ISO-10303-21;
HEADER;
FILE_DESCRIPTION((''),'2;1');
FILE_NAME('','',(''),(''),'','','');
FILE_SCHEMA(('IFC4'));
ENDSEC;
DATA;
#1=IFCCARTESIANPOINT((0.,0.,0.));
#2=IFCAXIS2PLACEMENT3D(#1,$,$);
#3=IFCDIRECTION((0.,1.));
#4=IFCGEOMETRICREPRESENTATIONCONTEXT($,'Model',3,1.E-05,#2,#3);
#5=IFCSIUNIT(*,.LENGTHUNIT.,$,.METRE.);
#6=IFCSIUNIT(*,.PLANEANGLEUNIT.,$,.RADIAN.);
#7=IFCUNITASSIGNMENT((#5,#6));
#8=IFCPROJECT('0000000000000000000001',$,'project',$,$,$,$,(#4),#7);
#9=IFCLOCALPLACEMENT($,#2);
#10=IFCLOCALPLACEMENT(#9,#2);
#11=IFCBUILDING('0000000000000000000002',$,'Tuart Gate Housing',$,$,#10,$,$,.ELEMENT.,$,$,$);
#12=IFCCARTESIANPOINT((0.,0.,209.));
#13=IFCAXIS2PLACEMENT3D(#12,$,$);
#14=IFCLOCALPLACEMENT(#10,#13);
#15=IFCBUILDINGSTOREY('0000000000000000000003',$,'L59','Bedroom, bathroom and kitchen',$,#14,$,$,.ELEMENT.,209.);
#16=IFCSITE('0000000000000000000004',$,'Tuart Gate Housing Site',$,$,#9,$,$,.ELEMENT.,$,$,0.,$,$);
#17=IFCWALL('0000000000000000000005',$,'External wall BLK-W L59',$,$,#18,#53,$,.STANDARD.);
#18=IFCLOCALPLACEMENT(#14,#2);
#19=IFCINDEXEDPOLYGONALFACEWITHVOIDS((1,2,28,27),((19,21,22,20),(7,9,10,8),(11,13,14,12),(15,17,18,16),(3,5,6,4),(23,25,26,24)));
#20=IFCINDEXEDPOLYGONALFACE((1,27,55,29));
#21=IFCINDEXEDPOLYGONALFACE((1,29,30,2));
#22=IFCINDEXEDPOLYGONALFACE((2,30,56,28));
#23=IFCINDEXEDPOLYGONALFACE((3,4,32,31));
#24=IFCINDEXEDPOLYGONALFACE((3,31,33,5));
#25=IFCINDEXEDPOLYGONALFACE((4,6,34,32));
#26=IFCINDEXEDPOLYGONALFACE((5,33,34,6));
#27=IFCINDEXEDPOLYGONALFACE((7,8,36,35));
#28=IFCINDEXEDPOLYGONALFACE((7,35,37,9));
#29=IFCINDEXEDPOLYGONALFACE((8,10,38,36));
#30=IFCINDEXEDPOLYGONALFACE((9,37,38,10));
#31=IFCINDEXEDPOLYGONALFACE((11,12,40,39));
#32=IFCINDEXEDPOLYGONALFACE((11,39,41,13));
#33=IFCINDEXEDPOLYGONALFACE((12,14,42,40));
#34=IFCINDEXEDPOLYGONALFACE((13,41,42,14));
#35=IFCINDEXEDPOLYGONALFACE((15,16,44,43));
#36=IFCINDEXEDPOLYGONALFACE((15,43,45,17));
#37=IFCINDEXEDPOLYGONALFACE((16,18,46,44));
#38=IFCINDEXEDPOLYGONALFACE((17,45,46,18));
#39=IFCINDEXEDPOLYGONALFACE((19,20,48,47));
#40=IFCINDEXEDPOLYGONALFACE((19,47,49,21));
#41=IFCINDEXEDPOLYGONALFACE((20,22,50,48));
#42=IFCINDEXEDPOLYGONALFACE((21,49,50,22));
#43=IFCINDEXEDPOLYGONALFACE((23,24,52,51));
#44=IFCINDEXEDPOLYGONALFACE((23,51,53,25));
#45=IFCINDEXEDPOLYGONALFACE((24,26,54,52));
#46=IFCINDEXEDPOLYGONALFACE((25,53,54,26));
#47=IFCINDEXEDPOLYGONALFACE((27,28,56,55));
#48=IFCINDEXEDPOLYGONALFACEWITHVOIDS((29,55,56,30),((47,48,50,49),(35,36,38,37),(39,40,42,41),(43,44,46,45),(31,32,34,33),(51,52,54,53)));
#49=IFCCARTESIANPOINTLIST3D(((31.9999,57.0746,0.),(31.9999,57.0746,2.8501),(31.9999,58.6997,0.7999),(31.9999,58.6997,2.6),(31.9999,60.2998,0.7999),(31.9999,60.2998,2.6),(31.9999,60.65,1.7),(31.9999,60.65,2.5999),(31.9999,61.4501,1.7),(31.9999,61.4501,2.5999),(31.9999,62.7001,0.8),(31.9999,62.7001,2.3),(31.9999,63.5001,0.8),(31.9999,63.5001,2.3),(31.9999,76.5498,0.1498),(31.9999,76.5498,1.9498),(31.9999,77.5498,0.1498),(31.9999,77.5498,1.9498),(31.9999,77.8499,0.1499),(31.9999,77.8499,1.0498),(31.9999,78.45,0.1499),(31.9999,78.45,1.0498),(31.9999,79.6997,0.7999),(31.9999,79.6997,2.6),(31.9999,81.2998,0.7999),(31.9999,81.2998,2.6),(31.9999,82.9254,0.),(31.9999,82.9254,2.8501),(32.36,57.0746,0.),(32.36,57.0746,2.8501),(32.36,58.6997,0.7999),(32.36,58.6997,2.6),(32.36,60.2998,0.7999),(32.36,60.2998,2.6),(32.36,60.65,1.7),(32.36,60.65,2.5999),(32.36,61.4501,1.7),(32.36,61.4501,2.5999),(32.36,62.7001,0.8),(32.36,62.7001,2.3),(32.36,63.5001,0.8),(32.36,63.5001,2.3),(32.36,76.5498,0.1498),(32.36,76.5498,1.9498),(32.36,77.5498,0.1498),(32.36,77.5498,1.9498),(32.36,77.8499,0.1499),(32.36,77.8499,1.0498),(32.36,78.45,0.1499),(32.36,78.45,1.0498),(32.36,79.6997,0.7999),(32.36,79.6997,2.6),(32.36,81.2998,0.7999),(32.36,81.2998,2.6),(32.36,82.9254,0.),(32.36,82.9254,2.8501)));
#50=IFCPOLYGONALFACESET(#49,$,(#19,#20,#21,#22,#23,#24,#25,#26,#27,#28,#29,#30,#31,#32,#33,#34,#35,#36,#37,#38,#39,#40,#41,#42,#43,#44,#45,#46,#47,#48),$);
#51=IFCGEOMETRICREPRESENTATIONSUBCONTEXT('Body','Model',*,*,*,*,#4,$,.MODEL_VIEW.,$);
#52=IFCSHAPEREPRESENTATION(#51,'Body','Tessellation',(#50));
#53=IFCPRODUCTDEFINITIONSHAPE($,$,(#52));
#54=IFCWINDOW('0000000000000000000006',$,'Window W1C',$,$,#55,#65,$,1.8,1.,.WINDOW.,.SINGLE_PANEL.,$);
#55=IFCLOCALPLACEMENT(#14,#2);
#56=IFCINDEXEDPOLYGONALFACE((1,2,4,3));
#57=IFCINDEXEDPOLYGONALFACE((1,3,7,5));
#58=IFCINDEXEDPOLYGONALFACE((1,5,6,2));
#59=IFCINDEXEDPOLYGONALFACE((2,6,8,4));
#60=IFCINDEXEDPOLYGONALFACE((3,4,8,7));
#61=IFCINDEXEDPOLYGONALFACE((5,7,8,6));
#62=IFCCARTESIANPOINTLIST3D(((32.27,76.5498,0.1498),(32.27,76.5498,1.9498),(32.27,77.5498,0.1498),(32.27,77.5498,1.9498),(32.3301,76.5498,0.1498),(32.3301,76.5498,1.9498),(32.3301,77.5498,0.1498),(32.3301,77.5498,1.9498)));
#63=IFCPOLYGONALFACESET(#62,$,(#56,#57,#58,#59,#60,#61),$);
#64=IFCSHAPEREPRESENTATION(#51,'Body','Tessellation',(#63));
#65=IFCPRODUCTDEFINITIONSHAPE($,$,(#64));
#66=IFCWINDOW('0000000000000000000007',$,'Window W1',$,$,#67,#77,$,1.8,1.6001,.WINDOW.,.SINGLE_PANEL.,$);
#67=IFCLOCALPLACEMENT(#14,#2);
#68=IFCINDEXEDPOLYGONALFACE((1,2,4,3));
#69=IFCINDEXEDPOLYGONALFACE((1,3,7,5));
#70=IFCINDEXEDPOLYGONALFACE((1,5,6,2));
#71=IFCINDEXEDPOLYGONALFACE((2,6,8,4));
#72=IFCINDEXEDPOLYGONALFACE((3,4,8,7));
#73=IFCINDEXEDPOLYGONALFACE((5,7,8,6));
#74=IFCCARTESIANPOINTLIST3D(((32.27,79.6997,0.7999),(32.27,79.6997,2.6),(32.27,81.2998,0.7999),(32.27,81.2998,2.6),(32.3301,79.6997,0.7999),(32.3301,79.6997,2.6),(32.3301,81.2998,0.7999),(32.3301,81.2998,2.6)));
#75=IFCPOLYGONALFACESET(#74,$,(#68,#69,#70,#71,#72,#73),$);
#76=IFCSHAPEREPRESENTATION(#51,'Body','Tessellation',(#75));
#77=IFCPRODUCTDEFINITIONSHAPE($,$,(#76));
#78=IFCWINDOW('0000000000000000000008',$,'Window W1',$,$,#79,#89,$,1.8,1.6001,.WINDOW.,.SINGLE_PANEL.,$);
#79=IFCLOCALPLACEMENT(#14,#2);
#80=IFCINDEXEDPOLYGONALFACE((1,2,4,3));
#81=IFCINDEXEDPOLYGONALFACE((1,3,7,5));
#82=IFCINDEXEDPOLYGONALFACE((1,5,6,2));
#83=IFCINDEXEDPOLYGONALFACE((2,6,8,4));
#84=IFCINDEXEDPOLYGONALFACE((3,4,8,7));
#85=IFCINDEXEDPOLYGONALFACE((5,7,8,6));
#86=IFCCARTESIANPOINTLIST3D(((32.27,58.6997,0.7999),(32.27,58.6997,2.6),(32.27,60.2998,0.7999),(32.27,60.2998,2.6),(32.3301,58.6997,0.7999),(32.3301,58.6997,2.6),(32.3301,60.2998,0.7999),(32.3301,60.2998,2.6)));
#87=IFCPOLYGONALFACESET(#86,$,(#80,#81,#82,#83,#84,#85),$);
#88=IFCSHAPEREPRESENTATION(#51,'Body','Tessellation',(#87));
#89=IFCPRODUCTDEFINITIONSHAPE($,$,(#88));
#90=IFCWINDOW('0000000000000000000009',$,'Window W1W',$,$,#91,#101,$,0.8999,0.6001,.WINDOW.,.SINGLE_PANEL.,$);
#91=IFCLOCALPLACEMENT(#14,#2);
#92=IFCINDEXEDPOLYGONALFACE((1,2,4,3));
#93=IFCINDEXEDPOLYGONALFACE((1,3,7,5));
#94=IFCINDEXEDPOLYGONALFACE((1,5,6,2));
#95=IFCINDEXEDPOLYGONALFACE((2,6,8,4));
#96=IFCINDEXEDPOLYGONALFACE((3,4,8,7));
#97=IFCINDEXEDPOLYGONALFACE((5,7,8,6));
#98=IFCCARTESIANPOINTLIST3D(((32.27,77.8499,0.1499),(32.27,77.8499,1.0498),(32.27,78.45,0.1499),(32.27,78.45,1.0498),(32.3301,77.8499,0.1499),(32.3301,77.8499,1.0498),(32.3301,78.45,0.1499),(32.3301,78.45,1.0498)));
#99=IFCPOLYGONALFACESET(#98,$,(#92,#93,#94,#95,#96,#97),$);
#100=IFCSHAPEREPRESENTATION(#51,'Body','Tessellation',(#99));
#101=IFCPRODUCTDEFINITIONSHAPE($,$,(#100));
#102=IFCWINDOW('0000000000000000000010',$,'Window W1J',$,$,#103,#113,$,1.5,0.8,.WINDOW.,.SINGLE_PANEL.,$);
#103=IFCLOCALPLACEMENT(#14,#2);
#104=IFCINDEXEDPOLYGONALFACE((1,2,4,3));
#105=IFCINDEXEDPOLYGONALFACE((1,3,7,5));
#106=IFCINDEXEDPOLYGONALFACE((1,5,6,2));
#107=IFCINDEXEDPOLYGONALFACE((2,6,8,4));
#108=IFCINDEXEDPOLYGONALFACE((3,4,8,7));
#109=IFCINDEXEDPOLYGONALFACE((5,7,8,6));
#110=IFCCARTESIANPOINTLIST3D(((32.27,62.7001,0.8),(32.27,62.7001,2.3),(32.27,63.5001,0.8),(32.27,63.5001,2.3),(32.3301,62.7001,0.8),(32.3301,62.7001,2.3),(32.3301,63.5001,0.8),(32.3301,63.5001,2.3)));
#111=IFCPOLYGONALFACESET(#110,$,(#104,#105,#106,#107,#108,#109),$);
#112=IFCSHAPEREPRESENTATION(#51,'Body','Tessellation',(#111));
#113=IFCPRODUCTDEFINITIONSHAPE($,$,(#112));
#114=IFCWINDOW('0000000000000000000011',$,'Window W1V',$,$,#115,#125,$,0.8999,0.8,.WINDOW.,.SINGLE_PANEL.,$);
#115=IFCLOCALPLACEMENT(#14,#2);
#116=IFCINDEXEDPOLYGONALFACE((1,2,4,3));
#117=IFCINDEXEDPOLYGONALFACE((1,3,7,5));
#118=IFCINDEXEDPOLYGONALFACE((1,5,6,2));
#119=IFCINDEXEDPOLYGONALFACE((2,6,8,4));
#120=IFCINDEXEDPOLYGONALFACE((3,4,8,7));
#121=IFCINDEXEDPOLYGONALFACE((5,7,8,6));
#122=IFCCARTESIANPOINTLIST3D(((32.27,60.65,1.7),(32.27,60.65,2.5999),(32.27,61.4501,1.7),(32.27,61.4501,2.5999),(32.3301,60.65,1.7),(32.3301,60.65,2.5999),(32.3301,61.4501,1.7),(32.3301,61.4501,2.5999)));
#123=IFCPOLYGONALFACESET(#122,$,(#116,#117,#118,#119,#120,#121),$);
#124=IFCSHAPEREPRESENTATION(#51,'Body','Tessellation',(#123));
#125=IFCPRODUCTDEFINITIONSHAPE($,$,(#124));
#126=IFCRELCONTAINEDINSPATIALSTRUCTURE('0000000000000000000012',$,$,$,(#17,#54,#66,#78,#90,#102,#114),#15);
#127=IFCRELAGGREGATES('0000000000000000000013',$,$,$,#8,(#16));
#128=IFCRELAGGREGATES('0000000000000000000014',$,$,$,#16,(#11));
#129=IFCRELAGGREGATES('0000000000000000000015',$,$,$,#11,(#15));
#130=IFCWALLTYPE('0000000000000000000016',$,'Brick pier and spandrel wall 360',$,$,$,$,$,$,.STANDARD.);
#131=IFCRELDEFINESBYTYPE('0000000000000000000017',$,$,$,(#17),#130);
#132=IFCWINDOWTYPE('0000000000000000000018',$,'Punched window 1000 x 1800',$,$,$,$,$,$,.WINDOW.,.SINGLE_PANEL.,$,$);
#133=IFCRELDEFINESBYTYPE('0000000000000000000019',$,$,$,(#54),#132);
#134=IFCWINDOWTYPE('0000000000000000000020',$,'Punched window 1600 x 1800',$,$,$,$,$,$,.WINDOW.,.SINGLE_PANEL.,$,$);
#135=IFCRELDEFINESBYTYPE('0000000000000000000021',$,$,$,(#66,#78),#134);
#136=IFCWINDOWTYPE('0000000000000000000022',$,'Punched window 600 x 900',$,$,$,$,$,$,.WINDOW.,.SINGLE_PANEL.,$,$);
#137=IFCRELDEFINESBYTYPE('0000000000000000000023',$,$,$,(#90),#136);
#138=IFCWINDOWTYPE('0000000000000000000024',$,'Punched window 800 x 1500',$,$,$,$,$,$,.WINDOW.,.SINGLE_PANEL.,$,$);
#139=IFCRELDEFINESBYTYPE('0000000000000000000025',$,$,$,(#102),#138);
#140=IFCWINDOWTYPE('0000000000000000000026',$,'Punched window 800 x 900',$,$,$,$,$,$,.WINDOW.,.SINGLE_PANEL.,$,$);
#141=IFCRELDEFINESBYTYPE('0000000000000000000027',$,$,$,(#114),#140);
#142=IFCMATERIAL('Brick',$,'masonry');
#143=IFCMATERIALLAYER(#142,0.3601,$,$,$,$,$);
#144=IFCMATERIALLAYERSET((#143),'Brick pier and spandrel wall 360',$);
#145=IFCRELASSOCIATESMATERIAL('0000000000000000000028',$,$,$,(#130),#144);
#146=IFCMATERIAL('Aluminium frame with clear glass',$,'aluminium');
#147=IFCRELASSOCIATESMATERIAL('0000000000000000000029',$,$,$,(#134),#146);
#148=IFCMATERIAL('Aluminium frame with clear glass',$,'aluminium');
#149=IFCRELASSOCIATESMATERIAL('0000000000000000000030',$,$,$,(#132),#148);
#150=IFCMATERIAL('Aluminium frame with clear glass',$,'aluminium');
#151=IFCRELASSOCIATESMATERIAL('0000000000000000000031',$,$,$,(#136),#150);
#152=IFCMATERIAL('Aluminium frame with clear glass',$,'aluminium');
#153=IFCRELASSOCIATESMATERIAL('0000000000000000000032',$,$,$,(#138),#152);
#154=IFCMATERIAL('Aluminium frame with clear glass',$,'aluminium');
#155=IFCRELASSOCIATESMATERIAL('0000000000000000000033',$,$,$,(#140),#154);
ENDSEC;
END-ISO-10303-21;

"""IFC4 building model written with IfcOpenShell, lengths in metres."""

from ifc_helpers import new_model, si_unit, direction, frame, frame_2d, origin, place, context, subcontext, project, spatial, rectangle, extrude, material, layer, layer_set, type_object, element, fill, save


model = new_model("IFC4")

# Units and contexts
model_context = context("Model", 3, precision=1e-05, world=origin(), true_north=direction((0.0, 1.0)))
body_context = subcontext(model_context, "Body", "Model", "MODEL_VIEW")
ifc_project = project(units=[si_unit("LENGTHUNIT", "METRE"), si_unit("PLANEANGLEUNIT", "RADIAN")], contexts=[model_context])

# Site, building, storey
site_placement = place(None, origin())
site = spatial("IfcSite", under=ifc_project, at=site_placement, Name="Tuart Gate Housing Site", CompositionType="ELEMENT", RefElevation=0.0)
building_placement = place(site_placement, origin())
building = spatial("IfcBuilding", under=site, at=building_placement, Name="Tuart Gate Housing", CompositionType="ELEMENT")
storey_placement = place(building_placement, frame((0.0, 0.0, 209.0)))
storey = spatial("IfcBuildingStorey", under=building, at=storey_placement, Name="L59", Description="Bedroom, bathroom and kitchen", CompositionType="ELEMENT", Elevation=209.0)

# Shared definitions
ifc_material_1 = material(Name="Brick", Category="masonry")
ifc_layer_1 = layer(ifc_material_1, 0.3601)
ifc_layer_set_1 = layer_set([ifc_layer_1], Name="Brick pier and spandrel wall 360")
wall_type_1 = type_object("IfcWallType", Name="Brick pier and spandrel wall 360", PredefinedType="STANDARD", material=ifc_layer_set_1)
ifc_material_2 = material(Name="Aluminium frame with clear glass", Category="aluminium")
window_type_1 = type_object("IfcWindowType", Name="Punched window 1600 x 1800", PartitioningType="SINGLE_PANEL", PredefinedType="WINDOW", material=ifc_material_2)

# Wall, openings, windows
wall_1_placement = place(storey_placement, frame((32.1799, 82.9253, 0.0), z_axis=(0.0, 0.0, 1.0), x_axis=(0.0, -1.0, 0.0)))
wall_1 = element("IfcWall", 1, at=wall_1_placement, inside=storey, type_object=wall_type_1, Name="External wall BLK-W L59", PredefinedType="STANDARD", context=body_context, shape_type="SweptSolid", body=[
    extrude(rectangle(XDim=25.8508, YDim=0.3601, at=frame_2d((12.9253, 0.0))), origin(), (0.0, 0.0, 1.0), 2.8501),
])
opening_1_placement = place(wall_1_placement, frame((1.6255, 0.0, 0.8)))
opening_1 = element("IfcOpeningElement", 2, at=opening_1_placement, cuts=wall_1, PredefinedType="OPENING", context=body_context, shape_type="SweptSolid", body=[
    extrude(rectangle(XDim=1.6001, YDim=1.8, at=frame_2d((0.8, 0.8999))), frame((0.0, 0.1899, 0.0), z_axis=(0.0, -1.0, 0.0), x_axis=(1.0, 0.0, 0.0)), (0.0, 0.0, 1.0), 0.3801),
])
opening_2_placement = place(wall_1_placement, frame((4.4753, 0.0, 0.1499)))
opening_2 = element("IfcOpeningElement", 3, at=opening_2_placement, cuts=wall_1, PredefinedType="OPENING", context=body_context, shape_type="SweptSolid", body=[
    extrude(rectangle(XDim=0.6001, YDim=0.8999, at=frame_2d((0.3, 0.45))), frame((0.0, 0.1899, 0.0), z_axis=(0.0, -1.0, 0.0), x_axis=(1.0, 0.0, 0.0)), (0.0, 0.0, 1.0), 0.3801),
])
opening_3_placement = place(wall_1_placement, frame((19.4253, 0.0, 0.8)))
opening_3 = element("IfcOpeningElement", 4, at=opening_3_placement, cuts=wall_1, PredefinedType="OPENING", context=body_context, shape_type="SweptSolid", body=[
    extrude(rectangle(XDim=0.8, YDim=1.5, at=frame_2d((0.3999, 0.75))), frame((0.0, 0.1899, 0.0), z_axis=(0.0, -1.0, 0.0), x_axis=(1.0, 0.0, 0.0)), (0.0, 0.0, 1.0), 0.3801),
])
opening_4_placement = place(wall_1_placement, frame((22.6255, 0.0, 0.8)))
opening_4 = element("IfcOpeningElement", 5, at=opening_4_placement, cuts=wall_1, PredefinedType="OPENING", context=body_context, shape_type="SweptSolid", body=[
    extrude(rectangle(XDim=1.6001, YDim=1.8, at=frame_2d((0.8, 0.8999))), frame((0.0, 0.1899, 0.0), z_axis=(0.0, -1.0, 0.0), x_axis=(1.0, 0.0, 0.0)), (0.0, 0.0, 1.0), 0.3801),
])
opening_5_placement = place(wall_1_placement, frame((5.3755, 0.0, 0.1499)))
opening_5 = element("IfcOpeningElement", 6, at=opening_5_placement, cuts=wall_1, PredefinedType="OPENING", context=body_context, shape_type="SweptSolid", body=[
    extrude(rectangle(XDim=1.0, YDim=1.8, at=frame_2d((0.5, 0.8999))), frame((0.0, 0.1899, 0.0), z_axis=(0.0, -1.0, 0.0), x_axis=(1.0, 0.0, 0.0)), (0.0, 0.0, 1.0), 0.3801),
])
opening_6_placement = place(wall_1_placement, frame((21.4753, 0.0, 1.7)))
opening_6 = element("IfcOpeningElement", 7, at=opening_6_placement, cuts=wall_1, PredefinedType="OPENING", context=body_context, shape_type="SweptSolid", body=[
    extrude(rectangle(XDim=0.8, YDim=0.8999, at=frame_2d((0.3999, 0.45))), frame((0.0, 0.1899, 0.0), z_axis=(0.0, -1.0, 0.0), x_axis=(1.0, 0.0, 0.0)), (0.0, 0.0, 1.0), 0.3801),
])
ifc_material_3 = material(Name="Aluminium frame with clear glass", Category="aluminium")
window_type_2 = type_object("IfcWindowType", Name="Punched window 1000 x 1800", PartitioningType="SINGLE_PANEL", PredefinedType="WINDOW", material=ifc_material_3)
window_1_placement = place(opening_5_placement, origin())
window_1 = element("IfcWindow", 8, at=window_1_placement, inside=storey, type_object=window_type_2, Name="Window W1C", OverallHeight=1.8, OverallWidth=1.0, PartitioningType="SINGLE_PANEL", PredefinedType="WINDOW", context=body_context, shape_type="SweptSolid", body=[
    extrude(rectangle(XDim=1.0, YDim=1.8, at=frame_2d((0.5, 0.8999))), frame((0.0, 0.1501, 0.0), z_axis=(0.0, -1.0, 0.0), x_axis=(1.0, 0.0, 0.0)), (0.0, 0.0, 1.0), 0.0601),
])
fill(opening_5, window_1)
window_2_placement = place(opening_1_placement, origin())
window_2 = element("IfcWindow", 9, at=window_2_placement, inside=storey, type_object=window_type_1, Name="Window W1", OverallHeight=1.8, OverallWidth=1.6001, PartitioningType="SINGLE_PANEL", PredefinedType="WINDOW", context=body_context, shape_type="SweptSolid", body=[
    extrude(rectangle(XDim=1.6001, YDim=1.8, at=frame_2d((0.8, 0.8999))), frame((0.0, 0.1501, 0.0), z_axis=(0.0, -1.0, 0.0), x_axis=(1.0, 0.0, 0.0)), (0.0, 0.0, 1.0), 0.0601),
])
fill(opening_1, window_2)
window_3_placement = place(opening_4_placement, origin())
window_3 = element("IfcWindow", 10, at=window_3_placement, inside=storey, type_object=window_type_1, Name="Window W1", OverallHeight=1.8, OverallWidth=1.6001, PartitioningType="SINGLE_PANEL", PredefinedType="WINDOW", context=body_context, shape_type="SweptSolid", body=[
    extrude(rectangle(XDim=1.6001, YDim=1.8, at=frame_2d((0.8, 0.8999))), frame((0.0, 0.1501, 0.0), z_axis=(0.0, -1.0, 0.0), x_axis=(1.0, 0.0, 0.0)), (0.0, 0.0, 1.0), 0.0601),
])
fill(opening_4, window_3)
ifc_material_4 = material(Name="Aluminium frame with clear glass", Category="aluminium")
window_type_3 = type_object("IfcWindowType", Name="Punched window 600 x 900", PartitioningType="SINGLE_PANEL", PredefinedType="WINDOW", material=ifc_material_4)
window_4_placement = place(opening_2_placement, origin())
window_4 = element("IfcWindow", 11, at=window_4_placement, inside=storey, type_object=window_type_3, Name="Window W1W", OverallHeight=0.8999, OverallWidth=0.6001, PartitioningType="SINGLE_PANEL", PredefinedType="WINDOW", context=body_context, shape_type="SweptSolid", body=[
    extrude(rectangle(XDim=0.6001, YDim=0.8999, at=frame_2d((0.3, 0.45))), frame((0.0, 0.1501, 0.0), z_axis=(0.0, -1.0, 0.0), x_axis=(1.0, 0.0, 0.0)), (0.0, 0.0, 1.0), 0.0601),
])
fill(opening_2, window_4)
ifc_material_5 = material(Name="Aluminium frame with clear glass", Category="aluminium")
window_type_4 = type_object("IfcWindowType", Name="Punched window 800 x 1500", PartitioningType="SINGLE_PANEL", PredefinedType="WINDOW", material=ifc_material_5)
window_5_placement = place(opening_3_placement, origin())
window_5 = element("IfcWindow", 12, at=window_5_placement, inside=storey, type_object=window_type_4, Name="Window W1J", OverallHeight=1.5, OverallWidth=0.8, PartitioningType="SINGLE_PANEL", PredefinedType="WINDOW", context=body_context, shape_type="SweptSolid", body=[
    extrude(rectangle(XDim=0.8, YDim=1.5, at=frame_2d((0.3999, 0.75))), frame((0.0, 0.1501, 0.0), z_axis=(0.0, -1.0, 0.0), x_axis=(1.0, 0.0, 0.0)), (0.0, 0.0, 1.0), 0.0601),
])
fill(opening_3, window_5)
ifc_material_6 = material(Name="Aluminium frame with clear glass", Category="aluminium")
window_type_5 = type_object("IfcWindowType", Name="Punched window 800 x 900", PartitioningType="SINGLE_PANEL", PredefinedType="WINDOW", material=ifc_material_6)
window_6_placement = place(opening_6_placement, origin())
window_6 = element("IfcWindow", 13, at=window_6_placement, inside=storey, type_object=window_type_5, Name="Window W1V", OverallHeight=0.8999, OverallWidth=0.8, PartitioningType="SINGLE_PANEL", PredefinedType="WINDOW", context=body_context, shape_type="SweptSolid", body=[
    extrude(rectangle(XDim=0.8, YDim=0.8999, at=frame_2d((0.3999, 0.45))), frame((0.0, 0.1501, 0.0), z_axis=(0.0, -1.0, 0.0), x_axis=(1.0, 0.0, 0.0)), (0.0, 0.0, 1.0), 0.0601),
])
fill(opening_6, window_6)

save(model, "model.ifc")
